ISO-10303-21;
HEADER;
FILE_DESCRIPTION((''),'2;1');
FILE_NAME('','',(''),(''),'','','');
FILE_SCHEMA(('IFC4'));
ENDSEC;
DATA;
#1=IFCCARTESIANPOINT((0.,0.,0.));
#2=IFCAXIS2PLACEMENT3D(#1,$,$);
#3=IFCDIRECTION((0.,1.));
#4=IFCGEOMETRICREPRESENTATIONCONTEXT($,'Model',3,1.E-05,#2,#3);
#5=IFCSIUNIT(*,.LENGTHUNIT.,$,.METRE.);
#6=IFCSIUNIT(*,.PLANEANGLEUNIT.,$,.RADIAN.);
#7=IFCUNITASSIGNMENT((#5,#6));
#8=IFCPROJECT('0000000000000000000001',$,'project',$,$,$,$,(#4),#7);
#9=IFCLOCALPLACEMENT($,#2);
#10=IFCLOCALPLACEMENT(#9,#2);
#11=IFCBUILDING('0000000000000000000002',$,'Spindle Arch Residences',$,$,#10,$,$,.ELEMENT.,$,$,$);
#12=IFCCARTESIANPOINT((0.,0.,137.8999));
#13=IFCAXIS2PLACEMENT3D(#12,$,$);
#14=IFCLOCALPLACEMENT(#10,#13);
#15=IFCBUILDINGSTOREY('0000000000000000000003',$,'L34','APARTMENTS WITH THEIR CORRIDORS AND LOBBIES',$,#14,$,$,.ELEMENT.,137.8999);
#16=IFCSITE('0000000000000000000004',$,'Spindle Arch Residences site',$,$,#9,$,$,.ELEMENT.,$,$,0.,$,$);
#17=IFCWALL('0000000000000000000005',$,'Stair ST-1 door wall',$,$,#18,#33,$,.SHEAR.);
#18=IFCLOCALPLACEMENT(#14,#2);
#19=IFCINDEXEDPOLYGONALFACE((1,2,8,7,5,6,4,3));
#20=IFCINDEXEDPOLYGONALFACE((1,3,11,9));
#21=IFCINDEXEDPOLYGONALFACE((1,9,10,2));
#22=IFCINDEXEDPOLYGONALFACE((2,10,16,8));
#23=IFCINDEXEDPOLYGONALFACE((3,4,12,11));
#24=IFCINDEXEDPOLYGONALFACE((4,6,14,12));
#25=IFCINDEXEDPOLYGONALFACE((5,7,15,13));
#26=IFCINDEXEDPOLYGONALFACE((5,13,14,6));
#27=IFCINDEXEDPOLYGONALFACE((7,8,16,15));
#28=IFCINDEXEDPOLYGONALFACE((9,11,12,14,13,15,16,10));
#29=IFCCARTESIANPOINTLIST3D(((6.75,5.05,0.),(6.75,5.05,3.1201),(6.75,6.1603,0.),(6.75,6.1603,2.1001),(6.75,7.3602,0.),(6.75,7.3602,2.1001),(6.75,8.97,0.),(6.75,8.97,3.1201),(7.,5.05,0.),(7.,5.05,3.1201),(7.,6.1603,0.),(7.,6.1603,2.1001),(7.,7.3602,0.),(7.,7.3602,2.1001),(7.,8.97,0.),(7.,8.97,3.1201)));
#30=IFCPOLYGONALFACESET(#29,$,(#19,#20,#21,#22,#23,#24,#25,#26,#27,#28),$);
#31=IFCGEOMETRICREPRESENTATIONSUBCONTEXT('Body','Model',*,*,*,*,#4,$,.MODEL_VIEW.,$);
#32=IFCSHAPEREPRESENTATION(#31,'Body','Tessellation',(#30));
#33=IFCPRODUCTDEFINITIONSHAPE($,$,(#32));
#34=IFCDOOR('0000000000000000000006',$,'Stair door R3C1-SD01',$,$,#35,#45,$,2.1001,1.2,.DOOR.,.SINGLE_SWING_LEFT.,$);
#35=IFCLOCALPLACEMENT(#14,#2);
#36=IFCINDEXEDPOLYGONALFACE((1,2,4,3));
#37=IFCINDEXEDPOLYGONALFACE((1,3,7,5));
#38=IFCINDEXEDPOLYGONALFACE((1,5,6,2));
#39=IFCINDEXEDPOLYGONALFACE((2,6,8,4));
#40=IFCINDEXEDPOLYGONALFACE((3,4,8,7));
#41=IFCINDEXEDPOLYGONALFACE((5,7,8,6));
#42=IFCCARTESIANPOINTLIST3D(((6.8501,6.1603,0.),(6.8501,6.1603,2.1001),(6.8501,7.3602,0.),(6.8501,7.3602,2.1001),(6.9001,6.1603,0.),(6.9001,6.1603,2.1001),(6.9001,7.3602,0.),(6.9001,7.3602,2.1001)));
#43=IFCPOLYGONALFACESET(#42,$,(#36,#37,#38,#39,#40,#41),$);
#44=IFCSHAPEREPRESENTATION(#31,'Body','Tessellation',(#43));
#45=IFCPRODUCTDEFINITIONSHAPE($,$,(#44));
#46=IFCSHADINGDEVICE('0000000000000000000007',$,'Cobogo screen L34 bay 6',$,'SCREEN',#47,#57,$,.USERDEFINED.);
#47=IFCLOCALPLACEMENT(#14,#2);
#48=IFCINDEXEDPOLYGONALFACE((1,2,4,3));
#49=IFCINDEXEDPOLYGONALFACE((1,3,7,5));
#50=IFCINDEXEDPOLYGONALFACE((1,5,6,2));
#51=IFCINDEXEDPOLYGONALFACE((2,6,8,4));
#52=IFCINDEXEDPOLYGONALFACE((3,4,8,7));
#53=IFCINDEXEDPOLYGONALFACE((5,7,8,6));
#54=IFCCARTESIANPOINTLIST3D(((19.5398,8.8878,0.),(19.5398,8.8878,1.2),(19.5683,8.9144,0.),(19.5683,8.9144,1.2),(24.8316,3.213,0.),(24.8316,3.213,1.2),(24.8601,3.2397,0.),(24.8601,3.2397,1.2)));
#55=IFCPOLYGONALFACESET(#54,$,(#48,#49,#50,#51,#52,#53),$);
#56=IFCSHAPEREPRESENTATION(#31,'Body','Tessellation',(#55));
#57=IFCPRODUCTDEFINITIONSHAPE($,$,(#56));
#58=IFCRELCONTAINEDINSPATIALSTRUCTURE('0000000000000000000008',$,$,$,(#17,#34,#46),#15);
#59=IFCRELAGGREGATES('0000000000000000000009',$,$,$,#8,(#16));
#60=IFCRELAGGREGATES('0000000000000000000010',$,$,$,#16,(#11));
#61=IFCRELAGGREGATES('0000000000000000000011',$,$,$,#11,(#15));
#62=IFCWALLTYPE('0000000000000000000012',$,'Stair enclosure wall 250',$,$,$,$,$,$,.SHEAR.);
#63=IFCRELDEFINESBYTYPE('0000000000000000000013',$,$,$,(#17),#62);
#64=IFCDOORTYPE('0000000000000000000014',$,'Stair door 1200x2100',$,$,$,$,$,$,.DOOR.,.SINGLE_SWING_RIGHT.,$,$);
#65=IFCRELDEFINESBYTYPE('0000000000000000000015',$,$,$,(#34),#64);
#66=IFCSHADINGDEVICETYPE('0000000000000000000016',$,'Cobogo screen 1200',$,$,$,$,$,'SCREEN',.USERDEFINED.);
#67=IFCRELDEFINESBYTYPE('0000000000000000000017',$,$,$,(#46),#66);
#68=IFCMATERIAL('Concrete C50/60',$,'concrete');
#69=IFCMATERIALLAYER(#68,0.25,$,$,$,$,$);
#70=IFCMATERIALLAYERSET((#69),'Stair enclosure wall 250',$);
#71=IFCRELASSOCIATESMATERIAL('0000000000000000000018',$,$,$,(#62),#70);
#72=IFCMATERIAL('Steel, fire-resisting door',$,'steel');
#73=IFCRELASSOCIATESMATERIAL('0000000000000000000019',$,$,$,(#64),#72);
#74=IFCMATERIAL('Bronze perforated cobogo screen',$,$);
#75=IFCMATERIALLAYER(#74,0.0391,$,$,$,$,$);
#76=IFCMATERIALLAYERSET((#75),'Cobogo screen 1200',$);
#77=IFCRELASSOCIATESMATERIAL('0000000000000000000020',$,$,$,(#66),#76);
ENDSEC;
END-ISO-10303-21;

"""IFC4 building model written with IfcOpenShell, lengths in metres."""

from ifc_helpers import new_model, si_unit, direction, frame, frame_2d, origin, origin_2d, place, context, subcontext, project, spatial, rectangle, extrude, material, layer, layer_set, type_object, element, fill, save


model = new_model("IFC4")

# Units and contexts
model_context = context("Model", 3, precision=1e-05, world=origin(), true_north=direction((0.0, 1.0)))
body_context = subcontext(model_context, "Body", "Model", "MODEL_VIEW")
ifc_project = project(units=[si_unit("LENGTHUNIT", "METRE"), si_unit("PLANEANGLEUNIT", "RADIAN")], contexts=[model_context])

# Site, building, storey
site_placement = place(None, origin())
site = spatial("IfcSite", under=ifc_project, at=site_placement, Name="Spindle Arch Residences site", CompositionType="ELEMENT", RefElevation=0.0)
building_placement = place(site_placement, origin())
building = spatial("IfcBuilding", under=site, at=building_placement, Name="Spindle Arch Residences", CompositionType="ELEMENT")
storey_placement = place(building_placement, frame((0.0, 0.0, 137.8999)))
storey = spatial("IfcBuildingStorey", under=building, at=storey_placement, Name="L34", Description="APARTMENTS WITH THEIR CORRIDORS AND LOBBIES", CompositionType="ELEMENT", Elevation=137.8999)

# Wall, opening, door
ifc_material_1 = material(Name="Concrete C50/60", Category="concrete")
ifc_layer_1 = layer(ifc_material_1, 0.25)
ifc_layer_set_1 = layer_set([ifc_layer_1], Name="Stair enclosure wall 250")
wall_type_1 = type_object("IfcWallType", Name="Stair enclosure wall 250", PredefinedType="SHEAR", material=ifc_layer_set_1)
wall_1_placement = place(storey_placement, frame((6.875, 5.05, 0.0), z_axis=(0.0, 0.0, 1.0), x_axis=(0.0, 1.0, 0.0)))
wall_1 = element("IfcWall", 1, at=wall_1_placement, inside=storey, type_object=wall_type_1, Name="Stair ST-1 door wall", PredefinedType="SHEAR", context=body_context, shape_type="SweptSolid", body=[
    extrude(rectangle(XDim=3.9199, YDim=0.25, at=frame_2d((1.96, 0.0))), origin(), (0.0, 0.0, 1.0), 3.1201),
])
opening_1_placement = place(wall_1_placement, frame((1.1101, 0.0, 0.0)))
opening_1 = element("IfcOpeningElement", 2, at=opening_1_placement, cuts=wall_1, PredefinedType="OPENING", context=body_context, shape_type="SweptSolid", body=[
    extrude(rectangle(XDim=1.2, YDim=2.1001, at=frame_2d((0.6001, 1.05))), frame((0.0, 0.135, 0.0), z_axis=(0.0, -1.0, 0.0), x_axis=(1.0, 0.0, 0.0)), (0.0, 0.0, 1.0), 0.27),
])
ifc_material_2 = material(Name="Steel, fire-resisting door", Category="steel")
door_type_1 = type_object("IfcDoorType", Name="Stair door 1200x2100", OperationType="SINGLE_SWING_RIGHT", PredefinedType="DOOR", material=ifc_material_2)
door_1_placement = place(opening_1_placement, origin())
door_1 = element("IfcDoor", 3, at=door_1_placement, inside=storey, type_object=door_type_1, Name="Stair door R3C1-SD01", OperationType="SINGLE_SWING_LEFT", OverallHeight=2.1001, OverallWidth=1.2, PredefinedType="DOOR", context=body_context, shape_type="SweptSolid", body=[
    extrude(rectangle(XDim=1.2, YDim=2.1001, at=frame_2d((0.6001, 1.05))), frame((0.0, 0.0249, 0.0), z_axis=(0.0, -1.0, 0.0), x_axis=(1.0, 0.0, 0.0)), (0.0, 0.0, 1.0), 0.05),
])
fill(opening_1, door_1)

# Shading device
ifc_material_3 = material(Name="Bronze perforated cobogo screen")
ifc_layer_2 = layer(ifc_material_3, 0.0391)
ifc_layer_set_2 = layer_set([ifc_layer_2], Name="Cobogo screen 1200")
shading_device_type = type_object("IfcShadingDeviceType", Name="Cobogo screen 1200", ElementType="SCREEN", PredefinedType="USERDEFINED", material=ifc_layer_set_2)
shading_device_placement = place(storey_placement, frame((22.2, 6.0637, 0.0), z_axis=(0.0, 0.0, 1.0), x_axis=(-0.681998, 0.731354, 0.0)))
element("IfcShadingDevice", 4, at=shading_device_placement, inside=storey, type_object=shading_device_type, Name="Cobogo screen L34 bay 6", ObjectType="SCREEN", PredefinedType="USERDEFINED", context=body_context, shape_type="SweptSolid", body=[
    extrude(rectangle(XDim=7.7593, YDim=0.0391, at=origin_2d()), origin(), (0.0, 0.0, 1.0), 1.2),
])

save(model, "model.ifc")
